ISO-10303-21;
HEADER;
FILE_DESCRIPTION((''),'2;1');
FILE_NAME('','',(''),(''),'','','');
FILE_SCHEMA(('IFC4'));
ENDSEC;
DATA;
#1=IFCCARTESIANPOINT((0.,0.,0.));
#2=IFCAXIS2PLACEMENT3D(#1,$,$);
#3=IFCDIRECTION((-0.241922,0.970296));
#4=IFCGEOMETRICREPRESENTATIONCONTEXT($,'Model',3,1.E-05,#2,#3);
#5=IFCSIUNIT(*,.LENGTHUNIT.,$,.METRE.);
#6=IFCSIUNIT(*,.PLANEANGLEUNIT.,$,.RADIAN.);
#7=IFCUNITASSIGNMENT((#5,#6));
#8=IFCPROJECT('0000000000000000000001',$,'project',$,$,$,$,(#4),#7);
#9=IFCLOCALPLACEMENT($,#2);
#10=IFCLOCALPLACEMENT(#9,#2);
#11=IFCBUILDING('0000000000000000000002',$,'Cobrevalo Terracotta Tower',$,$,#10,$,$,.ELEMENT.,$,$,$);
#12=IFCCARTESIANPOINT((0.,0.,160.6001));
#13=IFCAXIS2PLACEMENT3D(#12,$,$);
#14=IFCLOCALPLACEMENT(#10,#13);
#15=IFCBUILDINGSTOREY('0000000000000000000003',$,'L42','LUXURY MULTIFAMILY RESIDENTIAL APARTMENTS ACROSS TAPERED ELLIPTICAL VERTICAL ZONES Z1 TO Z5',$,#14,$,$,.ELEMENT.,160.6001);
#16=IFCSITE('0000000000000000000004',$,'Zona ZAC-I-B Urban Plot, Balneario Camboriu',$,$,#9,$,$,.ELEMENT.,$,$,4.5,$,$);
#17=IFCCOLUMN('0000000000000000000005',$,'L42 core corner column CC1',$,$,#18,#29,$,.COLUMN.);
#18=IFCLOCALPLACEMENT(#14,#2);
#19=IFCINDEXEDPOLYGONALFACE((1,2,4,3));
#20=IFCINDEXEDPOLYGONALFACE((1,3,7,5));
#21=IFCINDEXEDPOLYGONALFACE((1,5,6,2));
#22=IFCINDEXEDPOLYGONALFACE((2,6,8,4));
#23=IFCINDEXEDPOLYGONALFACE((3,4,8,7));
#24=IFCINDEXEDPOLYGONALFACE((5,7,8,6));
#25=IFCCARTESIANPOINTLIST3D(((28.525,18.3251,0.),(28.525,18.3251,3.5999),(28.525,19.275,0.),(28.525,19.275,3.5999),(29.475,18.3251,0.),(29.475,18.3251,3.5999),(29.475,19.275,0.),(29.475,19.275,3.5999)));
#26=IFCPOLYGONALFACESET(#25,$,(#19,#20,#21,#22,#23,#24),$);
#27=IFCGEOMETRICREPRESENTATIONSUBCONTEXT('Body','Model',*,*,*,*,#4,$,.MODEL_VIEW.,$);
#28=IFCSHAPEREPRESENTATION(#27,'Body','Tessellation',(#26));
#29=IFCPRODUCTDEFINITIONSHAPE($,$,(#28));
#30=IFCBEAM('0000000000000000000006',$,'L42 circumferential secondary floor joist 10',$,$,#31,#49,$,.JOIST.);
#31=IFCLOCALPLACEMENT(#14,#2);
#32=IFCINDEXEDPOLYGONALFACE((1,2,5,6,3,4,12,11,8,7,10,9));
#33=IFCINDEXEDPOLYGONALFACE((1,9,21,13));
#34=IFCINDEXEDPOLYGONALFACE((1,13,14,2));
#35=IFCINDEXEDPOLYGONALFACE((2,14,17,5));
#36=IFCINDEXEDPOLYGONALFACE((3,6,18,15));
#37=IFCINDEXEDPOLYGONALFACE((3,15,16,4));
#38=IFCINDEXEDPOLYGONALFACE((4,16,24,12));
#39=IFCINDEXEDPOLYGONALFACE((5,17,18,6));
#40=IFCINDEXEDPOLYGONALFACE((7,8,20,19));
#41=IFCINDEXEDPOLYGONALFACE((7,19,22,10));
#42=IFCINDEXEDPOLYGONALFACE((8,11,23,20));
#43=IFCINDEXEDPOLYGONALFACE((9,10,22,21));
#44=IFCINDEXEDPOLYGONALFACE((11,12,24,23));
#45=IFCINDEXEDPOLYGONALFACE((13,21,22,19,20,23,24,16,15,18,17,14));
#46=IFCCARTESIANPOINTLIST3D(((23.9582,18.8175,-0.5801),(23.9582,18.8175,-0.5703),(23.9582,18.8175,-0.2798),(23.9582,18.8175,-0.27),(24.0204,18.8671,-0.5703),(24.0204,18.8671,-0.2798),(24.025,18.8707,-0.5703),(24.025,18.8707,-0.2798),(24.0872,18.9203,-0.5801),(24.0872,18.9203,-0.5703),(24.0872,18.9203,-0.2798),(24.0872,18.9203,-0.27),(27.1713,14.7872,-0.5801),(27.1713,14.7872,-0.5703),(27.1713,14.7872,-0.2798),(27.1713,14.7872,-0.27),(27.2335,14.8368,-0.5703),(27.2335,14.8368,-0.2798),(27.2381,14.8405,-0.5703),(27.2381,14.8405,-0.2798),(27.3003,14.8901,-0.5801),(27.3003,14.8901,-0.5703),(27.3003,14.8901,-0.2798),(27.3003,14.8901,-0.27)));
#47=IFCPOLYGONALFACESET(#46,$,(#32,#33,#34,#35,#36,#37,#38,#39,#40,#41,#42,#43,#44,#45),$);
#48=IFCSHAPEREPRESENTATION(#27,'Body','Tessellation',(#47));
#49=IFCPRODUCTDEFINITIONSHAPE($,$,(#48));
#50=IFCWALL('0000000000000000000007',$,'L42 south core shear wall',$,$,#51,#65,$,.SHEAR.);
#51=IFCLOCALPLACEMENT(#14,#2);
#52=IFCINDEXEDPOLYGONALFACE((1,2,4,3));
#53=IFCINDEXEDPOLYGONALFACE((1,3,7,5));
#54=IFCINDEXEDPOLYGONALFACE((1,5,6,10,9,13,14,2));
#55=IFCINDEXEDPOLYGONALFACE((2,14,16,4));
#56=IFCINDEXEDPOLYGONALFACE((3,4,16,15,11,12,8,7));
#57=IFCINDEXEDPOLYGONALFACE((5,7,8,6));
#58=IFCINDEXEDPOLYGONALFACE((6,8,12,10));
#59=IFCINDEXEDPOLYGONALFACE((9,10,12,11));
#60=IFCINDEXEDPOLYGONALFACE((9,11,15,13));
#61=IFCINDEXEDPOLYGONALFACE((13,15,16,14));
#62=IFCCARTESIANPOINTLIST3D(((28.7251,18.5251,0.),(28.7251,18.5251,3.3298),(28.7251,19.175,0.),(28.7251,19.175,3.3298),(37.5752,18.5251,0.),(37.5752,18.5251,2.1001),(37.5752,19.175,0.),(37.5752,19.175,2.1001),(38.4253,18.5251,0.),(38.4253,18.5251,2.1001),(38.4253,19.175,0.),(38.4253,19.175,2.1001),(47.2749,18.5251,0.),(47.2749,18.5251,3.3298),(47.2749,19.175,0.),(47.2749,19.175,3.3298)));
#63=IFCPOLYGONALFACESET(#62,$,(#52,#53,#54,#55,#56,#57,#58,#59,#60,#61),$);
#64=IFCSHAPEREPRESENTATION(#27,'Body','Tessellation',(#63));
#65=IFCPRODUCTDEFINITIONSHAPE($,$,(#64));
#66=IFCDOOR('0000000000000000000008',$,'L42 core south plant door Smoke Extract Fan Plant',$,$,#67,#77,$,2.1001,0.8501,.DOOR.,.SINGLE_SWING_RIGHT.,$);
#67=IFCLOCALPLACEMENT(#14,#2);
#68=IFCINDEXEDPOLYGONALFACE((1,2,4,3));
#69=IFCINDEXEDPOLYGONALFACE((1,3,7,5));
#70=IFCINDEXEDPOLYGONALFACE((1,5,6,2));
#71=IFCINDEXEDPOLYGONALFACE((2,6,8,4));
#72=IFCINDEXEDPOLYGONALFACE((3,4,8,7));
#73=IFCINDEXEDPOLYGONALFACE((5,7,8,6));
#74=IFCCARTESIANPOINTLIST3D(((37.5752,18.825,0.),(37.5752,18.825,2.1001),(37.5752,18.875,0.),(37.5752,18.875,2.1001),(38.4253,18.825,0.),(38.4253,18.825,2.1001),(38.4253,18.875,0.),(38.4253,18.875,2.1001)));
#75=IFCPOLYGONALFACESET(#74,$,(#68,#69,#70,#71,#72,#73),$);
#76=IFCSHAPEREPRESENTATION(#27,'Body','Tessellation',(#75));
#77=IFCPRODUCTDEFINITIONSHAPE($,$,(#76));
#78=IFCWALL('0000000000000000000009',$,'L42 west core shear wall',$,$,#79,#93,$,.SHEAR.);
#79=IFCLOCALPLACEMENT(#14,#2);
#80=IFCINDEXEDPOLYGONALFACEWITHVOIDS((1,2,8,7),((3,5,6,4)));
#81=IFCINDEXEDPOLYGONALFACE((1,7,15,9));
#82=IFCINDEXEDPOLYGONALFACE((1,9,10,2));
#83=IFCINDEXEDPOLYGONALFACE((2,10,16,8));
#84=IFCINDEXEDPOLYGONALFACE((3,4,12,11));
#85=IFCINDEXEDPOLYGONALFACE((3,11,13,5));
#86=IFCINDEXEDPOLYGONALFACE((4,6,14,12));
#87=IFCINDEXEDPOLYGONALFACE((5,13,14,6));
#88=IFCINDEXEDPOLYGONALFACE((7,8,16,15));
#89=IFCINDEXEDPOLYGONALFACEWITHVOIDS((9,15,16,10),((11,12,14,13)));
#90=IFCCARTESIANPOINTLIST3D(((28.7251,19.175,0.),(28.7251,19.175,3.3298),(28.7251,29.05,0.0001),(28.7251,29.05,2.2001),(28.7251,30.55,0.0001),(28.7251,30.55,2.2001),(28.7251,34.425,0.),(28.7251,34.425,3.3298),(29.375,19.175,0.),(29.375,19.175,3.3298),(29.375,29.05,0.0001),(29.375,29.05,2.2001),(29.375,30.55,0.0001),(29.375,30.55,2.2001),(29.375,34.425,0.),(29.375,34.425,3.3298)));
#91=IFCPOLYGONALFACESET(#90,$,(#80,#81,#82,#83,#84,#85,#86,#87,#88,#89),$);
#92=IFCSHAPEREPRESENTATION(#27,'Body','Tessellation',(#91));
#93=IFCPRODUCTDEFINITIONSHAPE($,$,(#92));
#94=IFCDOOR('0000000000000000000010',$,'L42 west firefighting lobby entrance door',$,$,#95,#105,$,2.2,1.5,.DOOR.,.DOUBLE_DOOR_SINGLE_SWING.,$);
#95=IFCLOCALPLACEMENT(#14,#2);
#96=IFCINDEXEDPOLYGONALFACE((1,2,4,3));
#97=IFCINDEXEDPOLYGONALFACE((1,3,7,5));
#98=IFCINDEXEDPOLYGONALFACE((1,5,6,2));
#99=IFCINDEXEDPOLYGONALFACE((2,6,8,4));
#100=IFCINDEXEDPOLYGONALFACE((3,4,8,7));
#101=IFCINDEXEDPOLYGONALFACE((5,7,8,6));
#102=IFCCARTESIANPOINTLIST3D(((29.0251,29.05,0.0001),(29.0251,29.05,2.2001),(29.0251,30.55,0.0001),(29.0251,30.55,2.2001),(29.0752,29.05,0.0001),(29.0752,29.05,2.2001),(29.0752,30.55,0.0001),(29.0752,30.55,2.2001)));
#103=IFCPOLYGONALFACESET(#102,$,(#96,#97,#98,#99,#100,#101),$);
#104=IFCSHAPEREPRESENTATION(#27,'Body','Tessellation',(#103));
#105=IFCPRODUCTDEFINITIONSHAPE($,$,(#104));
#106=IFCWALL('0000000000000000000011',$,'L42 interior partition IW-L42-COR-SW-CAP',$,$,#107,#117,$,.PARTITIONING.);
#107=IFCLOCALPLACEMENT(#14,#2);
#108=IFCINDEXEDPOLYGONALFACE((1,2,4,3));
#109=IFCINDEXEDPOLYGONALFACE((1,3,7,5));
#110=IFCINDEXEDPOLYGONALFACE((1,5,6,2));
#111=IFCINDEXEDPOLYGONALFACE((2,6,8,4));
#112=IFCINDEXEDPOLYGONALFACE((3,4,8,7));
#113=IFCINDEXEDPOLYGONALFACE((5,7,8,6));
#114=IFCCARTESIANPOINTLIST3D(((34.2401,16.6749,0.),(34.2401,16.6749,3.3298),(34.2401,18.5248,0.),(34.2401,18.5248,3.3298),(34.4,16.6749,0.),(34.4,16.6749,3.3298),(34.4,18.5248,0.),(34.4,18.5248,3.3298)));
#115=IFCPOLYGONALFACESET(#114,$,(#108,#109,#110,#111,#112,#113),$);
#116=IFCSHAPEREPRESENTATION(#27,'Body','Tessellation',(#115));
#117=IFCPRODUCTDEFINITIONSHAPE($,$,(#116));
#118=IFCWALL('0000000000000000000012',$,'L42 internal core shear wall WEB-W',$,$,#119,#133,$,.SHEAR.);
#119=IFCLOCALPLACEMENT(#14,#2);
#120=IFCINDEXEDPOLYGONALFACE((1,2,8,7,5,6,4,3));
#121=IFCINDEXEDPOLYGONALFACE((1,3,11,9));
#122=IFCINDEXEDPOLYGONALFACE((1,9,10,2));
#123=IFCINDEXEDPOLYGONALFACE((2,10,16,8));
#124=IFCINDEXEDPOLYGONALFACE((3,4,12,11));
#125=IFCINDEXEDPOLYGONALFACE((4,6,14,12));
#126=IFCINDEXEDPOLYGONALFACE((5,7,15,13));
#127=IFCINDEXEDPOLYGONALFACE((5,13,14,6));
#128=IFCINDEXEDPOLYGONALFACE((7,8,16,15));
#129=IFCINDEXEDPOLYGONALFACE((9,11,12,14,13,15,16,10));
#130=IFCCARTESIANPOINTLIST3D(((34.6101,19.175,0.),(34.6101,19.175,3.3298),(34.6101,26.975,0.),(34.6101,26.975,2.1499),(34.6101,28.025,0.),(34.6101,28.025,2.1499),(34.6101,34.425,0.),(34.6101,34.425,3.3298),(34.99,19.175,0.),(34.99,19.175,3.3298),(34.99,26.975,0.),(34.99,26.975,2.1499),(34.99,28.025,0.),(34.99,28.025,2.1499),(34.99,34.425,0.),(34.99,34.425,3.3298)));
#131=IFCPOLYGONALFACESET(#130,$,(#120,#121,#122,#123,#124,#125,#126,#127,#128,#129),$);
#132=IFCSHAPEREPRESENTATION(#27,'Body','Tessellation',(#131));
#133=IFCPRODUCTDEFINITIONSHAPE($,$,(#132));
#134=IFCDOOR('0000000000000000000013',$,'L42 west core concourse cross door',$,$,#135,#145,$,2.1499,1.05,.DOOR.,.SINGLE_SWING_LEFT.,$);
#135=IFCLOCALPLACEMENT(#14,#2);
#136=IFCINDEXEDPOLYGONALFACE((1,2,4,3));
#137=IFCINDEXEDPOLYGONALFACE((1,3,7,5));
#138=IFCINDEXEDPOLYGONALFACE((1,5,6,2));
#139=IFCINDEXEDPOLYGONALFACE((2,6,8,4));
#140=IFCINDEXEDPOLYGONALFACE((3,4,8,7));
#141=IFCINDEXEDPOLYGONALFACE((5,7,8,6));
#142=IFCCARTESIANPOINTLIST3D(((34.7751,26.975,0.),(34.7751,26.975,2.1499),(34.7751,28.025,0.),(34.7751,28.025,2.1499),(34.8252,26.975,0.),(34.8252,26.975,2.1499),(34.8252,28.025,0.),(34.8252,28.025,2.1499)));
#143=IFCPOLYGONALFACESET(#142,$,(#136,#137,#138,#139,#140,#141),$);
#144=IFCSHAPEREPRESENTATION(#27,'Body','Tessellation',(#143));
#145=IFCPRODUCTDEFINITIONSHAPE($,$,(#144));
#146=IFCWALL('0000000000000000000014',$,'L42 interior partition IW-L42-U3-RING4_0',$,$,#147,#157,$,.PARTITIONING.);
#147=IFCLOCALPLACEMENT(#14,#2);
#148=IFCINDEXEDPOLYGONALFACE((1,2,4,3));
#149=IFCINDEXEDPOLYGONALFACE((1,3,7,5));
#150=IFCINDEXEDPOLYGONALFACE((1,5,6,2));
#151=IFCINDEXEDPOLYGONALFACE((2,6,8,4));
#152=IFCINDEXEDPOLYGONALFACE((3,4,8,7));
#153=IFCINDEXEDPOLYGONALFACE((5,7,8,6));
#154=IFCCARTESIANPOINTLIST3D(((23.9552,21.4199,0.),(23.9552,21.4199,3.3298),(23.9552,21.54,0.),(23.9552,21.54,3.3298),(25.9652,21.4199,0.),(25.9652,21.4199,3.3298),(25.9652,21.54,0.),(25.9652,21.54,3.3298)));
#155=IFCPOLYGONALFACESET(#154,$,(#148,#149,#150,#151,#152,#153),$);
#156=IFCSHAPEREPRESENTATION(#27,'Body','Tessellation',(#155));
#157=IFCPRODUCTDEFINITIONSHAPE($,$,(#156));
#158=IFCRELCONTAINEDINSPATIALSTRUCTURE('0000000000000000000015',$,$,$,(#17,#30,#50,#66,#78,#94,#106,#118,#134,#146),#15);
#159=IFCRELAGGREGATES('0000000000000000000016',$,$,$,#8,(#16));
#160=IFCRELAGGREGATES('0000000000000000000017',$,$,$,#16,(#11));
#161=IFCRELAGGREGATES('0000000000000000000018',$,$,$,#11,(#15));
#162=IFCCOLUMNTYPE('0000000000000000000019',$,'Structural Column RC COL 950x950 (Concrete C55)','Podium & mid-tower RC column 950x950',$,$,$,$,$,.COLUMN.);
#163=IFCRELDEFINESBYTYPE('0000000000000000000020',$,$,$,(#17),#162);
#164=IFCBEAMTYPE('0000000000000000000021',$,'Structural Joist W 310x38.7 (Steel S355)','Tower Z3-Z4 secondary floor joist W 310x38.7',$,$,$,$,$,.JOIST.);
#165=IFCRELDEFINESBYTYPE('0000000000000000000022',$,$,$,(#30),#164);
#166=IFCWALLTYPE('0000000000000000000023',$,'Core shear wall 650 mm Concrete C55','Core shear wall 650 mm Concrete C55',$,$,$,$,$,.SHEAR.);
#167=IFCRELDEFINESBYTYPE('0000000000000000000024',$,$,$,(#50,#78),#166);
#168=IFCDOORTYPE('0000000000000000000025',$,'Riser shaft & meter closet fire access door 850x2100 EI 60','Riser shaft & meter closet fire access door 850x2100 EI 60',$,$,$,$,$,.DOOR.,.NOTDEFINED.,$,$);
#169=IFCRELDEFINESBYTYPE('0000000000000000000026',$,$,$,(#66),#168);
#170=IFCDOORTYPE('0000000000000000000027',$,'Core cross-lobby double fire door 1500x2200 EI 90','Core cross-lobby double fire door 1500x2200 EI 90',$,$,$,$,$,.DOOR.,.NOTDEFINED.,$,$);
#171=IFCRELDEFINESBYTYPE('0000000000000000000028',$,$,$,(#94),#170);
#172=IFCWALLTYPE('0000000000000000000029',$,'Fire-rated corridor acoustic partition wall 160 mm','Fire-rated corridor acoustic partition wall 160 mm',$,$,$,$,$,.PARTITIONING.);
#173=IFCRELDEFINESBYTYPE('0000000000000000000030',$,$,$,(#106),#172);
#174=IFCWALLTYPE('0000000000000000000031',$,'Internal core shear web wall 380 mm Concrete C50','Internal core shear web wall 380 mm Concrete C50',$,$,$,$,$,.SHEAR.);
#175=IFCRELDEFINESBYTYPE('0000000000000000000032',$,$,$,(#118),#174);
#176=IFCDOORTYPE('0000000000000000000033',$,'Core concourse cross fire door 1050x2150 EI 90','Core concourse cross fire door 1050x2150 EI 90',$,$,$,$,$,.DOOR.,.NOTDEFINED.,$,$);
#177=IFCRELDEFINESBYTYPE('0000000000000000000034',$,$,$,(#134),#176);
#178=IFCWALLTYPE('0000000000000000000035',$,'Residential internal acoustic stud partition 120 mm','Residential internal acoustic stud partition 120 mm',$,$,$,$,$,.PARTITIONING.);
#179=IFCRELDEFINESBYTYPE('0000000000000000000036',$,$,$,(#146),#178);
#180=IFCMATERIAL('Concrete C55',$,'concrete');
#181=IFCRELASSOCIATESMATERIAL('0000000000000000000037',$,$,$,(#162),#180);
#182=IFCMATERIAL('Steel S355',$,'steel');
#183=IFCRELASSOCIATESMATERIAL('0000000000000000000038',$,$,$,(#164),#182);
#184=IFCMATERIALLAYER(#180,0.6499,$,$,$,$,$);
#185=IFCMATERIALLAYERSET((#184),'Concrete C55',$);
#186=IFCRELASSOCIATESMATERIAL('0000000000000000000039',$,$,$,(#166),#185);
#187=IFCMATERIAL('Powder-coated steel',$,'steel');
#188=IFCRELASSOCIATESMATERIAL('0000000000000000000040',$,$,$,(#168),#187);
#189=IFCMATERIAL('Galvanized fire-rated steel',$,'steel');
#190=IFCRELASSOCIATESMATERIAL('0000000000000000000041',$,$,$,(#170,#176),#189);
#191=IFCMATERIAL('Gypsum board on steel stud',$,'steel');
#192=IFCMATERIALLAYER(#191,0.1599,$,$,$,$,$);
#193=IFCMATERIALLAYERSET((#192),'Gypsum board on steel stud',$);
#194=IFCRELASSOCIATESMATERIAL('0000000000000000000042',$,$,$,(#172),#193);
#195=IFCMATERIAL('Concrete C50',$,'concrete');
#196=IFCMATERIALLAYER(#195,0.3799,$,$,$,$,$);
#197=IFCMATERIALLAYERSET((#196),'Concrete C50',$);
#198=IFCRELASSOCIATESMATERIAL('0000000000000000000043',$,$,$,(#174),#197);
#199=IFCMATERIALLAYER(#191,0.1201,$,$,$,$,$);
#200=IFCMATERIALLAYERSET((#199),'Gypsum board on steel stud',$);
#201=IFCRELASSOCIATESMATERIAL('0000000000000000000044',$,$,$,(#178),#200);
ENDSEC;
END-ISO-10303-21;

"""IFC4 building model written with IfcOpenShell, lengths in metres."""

from ifc_helpers import new_model, si_unit, direction, frame, frame_2d, origin, origin_2d, place, context, subcontext, project, spatial, rectangle, i_section, extrude, source, transform, mapped, material, layer, layer_set, material_profile, profile_set, type_object, element, fill, save


model = new_model("IFC4")

# Units and contexts
model_context = context("Model", 3, precision=1e-05, world=origin(), true_north=direction((-0.241922, 0.970296)))
body_context = subcontext(model_context, "Body", "Model", "MODEL_VIEW")
ifc_project = project(units=[si_unit("LENGTHUNIT", "METRE"), si_unit("PLANEANGLEUNIT", "RADIAN")], contexts=[model_context])

# Site, building, storey
site_placement = place(None, origin())
site = spatial("IfcSite", under=ifc_project, at=site_placement, Name="Zona ZAC-I-B Urban Plot, Balneario Camboriu", CompositionType="ELEMENT", RefElevation=4.5)
building_placement = place(site_placement, origin())
building = spatial("IfcBuilding", under=site, at=building_placement, Name="Cobrevalo Terracotta Tower", CompositionType="ELEMENT")
storey_placement = place(building_placement, frame((0.0, 0.0, 160.6001)))
storey = spatial("IfcBuildingStorey", under=building, at=storey_placement, Name="L42", Description="LUXURY MULTIFAMILY RESIDENTIAL APARTMENTS ACROSS TAPERED ELLIPTICAL VERTICAL ZONES Z1 TO Z5", CompositionType="ELEMENT", Elevation=160.6001)

# Column
ifc_material_1 = material(Name="Concrete C55", Category="concrete")
ifc_material_profile_1 = material_profile(ifc_material_1, rectangle(XDim=0.95, YDim=0.95, at=origin_2d()), Name="RC COL 950x950")
ifc_profile_set_1 = profile_set([ifc_material_profile_1], Name="Concrete C55")
column_type = type_object("IfcColumnType", Name="Structural Column RC COL 950x950 (Concrete C55)", Description="Podium & mid-tower RC column 950x950", PredefinedType="COLUMN", material=ifc_profile_set_1)
column_placement = place(storey_placement, frame((29.0, 18.8, 0.0), z_axis=(0.0, 0.0, 1.0), x_axis=(1.0, 0.0, 0.0)))
element("IfcColumn", 1, at=column_placement, inside=storey, type_object=column_type, Name="L42 core corner column CC1", PredefinedType="COLUMN", context=body_context, shape_type="SweptSolid", body=[
    extrude(rectangle(XDim=0.95, YDim=0.95, at=origin_2d()), origin(), (0.0, 0.0, 1.0), 3.5999),
])

# Beam
ifc_material_2 = material(Name="Steel S355", Category="steel")
ifc_material_profile_2 = material_profile(ifc_material_2, i_section(OverallWidth=0.165, OverallDepth=0.3101, WebThickness=0.0059, FlangeThickness=0.0098, at=origin_2d()), Name="W 310x38.7")
ifc_profile_set_2 = profile_set([ifc_material_profile_2], Name="Steel S355")
beam_type = type_object("IfcBeamType", Name="Structural Joist W 310x38.7 (Steel S355)", Description="Tower Z3-Z4 secondary floor joist W 310x38.7", PredefinedType="JOIST", material=ifc_profile_set_2)
beam_placement = place(storey_placement, frame((24.0227, 18.8689, -0.425), z_axis=(0.623383, -0.781917, 0.0), x_axis=(0.781917, 0.623383, 0.0)))
element("IfcBeam", 2, at=beam_placement, inside=storey, type_object=beam_type, Name="L42 circumferential secondary floor joist 10", PredefinedType="JOIST", context=body_context, shape_type="SweptSolid", body=[
    extrude(i_section(OverallWidth=0.165, OverallDepth=0.3101, WebThickness=0.0059, FlangeThickness=0.0098, at=origin_2d()), origin(), (0.0, 0.0, 1.0), 5.1543),
])

# Walls, openings, doors
ifc_layer_1 = layer(ifc_material_1, 0.6499)
ifc_layer_set_1 = layer_set([ifc_layer_1], Name="Concrete C55")
wall_type_1 = type_object("IfcWallType", Name="Core shear wall 650 mm Concrete C55", Description="Core shear wall 650 mm Concrete C55", PredefinedType="SHEAR", material=ifc_layer_set_1)
wall_1_placement = place(storey_placement, frame((28.7251, 18.8501, 0.0), z_axis=(0.0, 0.0, 1.0), x_axis=(1.0, 0.0, 0.0)))
wall_1 = element("IfcWall", 3, at=wall_1_placement, inside=storey, type_object=wall_type_1, Name="L42 south core shear wall", PredefinedType="SHEAR", context=body_context, shape_type="SweptSolid", body=[
    extrude(rectangle(XDim=18.5498, YDim=0.6499, at=frame_2d((9.2749, 0.0))), origin(), (0.0, 0.0, 1.0), 3.3298),
])
opening_1_placement = place(wall_1_placement, frame((8.8501, 0.0, 0.0)))
opening_1 = element("IfcOpeningElement", 4, at=opening_1_placement, cuts=wall_1, PredefinedType="OPENING", context=body_context, shape_type="SweptSolid", body=[
    extrude(rectangle(XDim=0.8501, YDim=2.1001, at=frame_2d((0.425, 1.05))), frame((0.0, 0.335, 0.0), z_axis=(0.0, -1.0, 0.0), x_axis=(1.0, 0.0, 0.0)), (0.0, 0.0, 1.0), 0.6699),
])
ifc_material_3 = material(Name="Powder-coated steel", Category="steel")
door_type_1 = type_object("IfcDoorType", Name="Riser shaft & meter closet fire access door 850x2100 EI 60", Description="Riser shaft & meter closet fire access door 850x2100 EI 60", OperationType="NOTDEFINED", PredefinedType="DOOR", material=ifc_material_3)
shared_shape_1 = source(origin(), body_context, "Body", "SweptSolid", [
    extrude(rectangle(XDim=0.8501, YDim=2.1001, at=frame_2d((0.425, 1.05))), frame((0.0, 0.0249, 0.0), z_axis=(0.0, -1.0, 0.0), x_axis=(1.0, 0.0, 0.0)), (0.0, 0.0, 1.0), 0.05),
])
door_1_placement = place(opening_1_placement, origin())
door_1 = element("IfcDoor", 5, at=door_1_placement, inside=storey, type_object=door_type_1, Name="L42 core south plant door Smoke Extract Fan Plant", OperationType="SINGLE_SWING_RIGHT", OverallHeight=2.1001, OverallWidth=0.8501, PredefinedType="DOOR", context=body_context, shape_type="MappedRepresentation", body=[
    mapped(shared_shape_1, transform((0.0, 0.0, 0.0), scale=1.0)),
])
fill(opening_1, door_1)
wall_2_placement = place(storey_placement, frame((29.05, 19.175, 0.0), z_axis=(0.0, 0.0, 1.0), x_axis=(0.0, 1.0, 0.0)))
wall_2 = element("IfcWall", 6, at=wall_2_placement, inside=storey, type_object=wall_type_1, Name="L42 west core shear wall", PredefinedType="SHEAR", context=body_context, shape_type="SweptSolid", body=[
    extrude(rectangle(XDim=15.25, YDim=0.6499, at=frame_2d((7.625, 0.0))), origin(), (0.0, 0.0, 1.0), 3.3298),
])
opening_2_placement = place(wall_2_placement, frame((9.875, 0.0, 0.0)))
opening_2 = element("IfcOpeningElement", 7, at=opening_2_placement, cuts=wall_2, PredefinedType="OPENING", context=body_context, shape_type="SweptSolid", body=[
    extrude(rectangle(XDim=1.5, YDim=2.2, at=frame_2d((0.75, 1.1001))), frame((0.0, 0.335, 0.0), z_axis=(0.0, -1.0, 0.0), x_axis=(1.0, 0.0, 0.0)), (0.0, 0.0, 1.0), 0.6699),
])
ifc_material_4 = material(Name="Galvanized fire-rated steel", Category="steel")
door_type_2 = type_object("IfcDoorType", Name="Core cross-lobby double fire door 1500x2200 EI 90", Description="Core cross-lobby double fire door 1500x2200 EI 90", OperationType="NOTDEFINED", PredefinedType="DOOR", material=ifc_material_4)
shared_shape_2 = source(origin(), body_context, "Body", "SweptSolid", [
    extrude(rectangle(XDim=1.5, YDim=2.2, at=frame_2d((0.75, 1.1001))), frame((0.0, 0.0249, 0.0), z_axis=(0.0, -1.0, 0.0), x_axis=(1.0, 0.0, 0.0)), (0.0, 0.0, 1.0), 0.05),
])
door_2_placement = place(opening_2_placement, origin())
door_2 = element("IfcDoor", 8, at=door_2_placement, inside=storey, type_object=door_type_2, Name="L42 west firefighting lobby entrance door", OperationType="DOUBLE_DOOR_SINGLE_SWING", OverallHeight=2.2, OverallWidth=1.5, PredefinedType="DOOR", context=body_context, shape_type="MappedRepresentation", body=[
    mapped(shared_shape_2, transform((0.0, 0.0, 0.0), scale=1.0)),
])
fill(opening_2, door_2)

# Wall
ifc_material_5 = material(Name="Gypsum board on steel stud", Category="steel")
ifc_layer_2 = layer(ifc_material_5, 0.1599)
ifc_layer_set_2 = layer_set([ifc_layer_2], Name="Gypsum board on steel stud")
wall_type_2 = type_object("IfcWallType", Name="Fire-rated corridor acoustic partition wall 160 mm", Description="Fire-rated corridor acoustic partition wall 160 mm", PredefinedType="PARTITIONING", material=ifc_layer_set_2)
wall_3_placement = place(storey_placement, frame((34.3201, 16.675, 0.0), z_axis=(0.0, 0.0, 1.0), x_axis=(0.0, 1.0, 0.0)))
element("IfcWall", 9, at=wall_3_placement, inside=storey, type_object=wall_type_2, Name="L42 interior partition IW-L42-COR-SW-CAP", PredefinedType="PARTITIONING", context=body_context, shape_type="SweptSolid", body=[
    extrude(rectangle(XDim=1.8499, YDim=0.1599, at=frame_2d((0.9248, 0.0))), origin(), (0.0, 0.0, 1.0), 3.3298),
])

# Wall, opening, door
ifc_material_6 = material(Name="Concrete C50", Category="concrete")
ifc_layer_3 = layer(ifc_material_6, 0.3799)
ifc_layer_set_3 = layer_set([ifc_layer_3], Name="Concrete C50")
wall_type_3 = type_object("IfcWallType", Name="Internal core shear web wall 380 mm Concrete C50", Description="Internal core shear web wall 380 mm Concrete C50", PredefinedType="SHEAR", material=ifc_layer_set_3)
wall_4_placement = place(storey_placement, frame((34.8, 19.175, 0.0), z_axis=(0.0, 0.0, 1.0), x_axis=(0.0, 1.0, 0.0)))
wall_4 = element("IfcWall", 10, at=wall_4_placement, inside=storey, type_object=wall_type_3, Name="L42 internal core shear wall WEB-W", PredefinedType="SHEAR", context=body_context, shape_type="SweptSolid", body=[
    extrude(rectangle(XDim=15.25, YDim=0.3799, at=frame_2d((7.625, 0.0))), origin(), (0.0, 0.0, 1.0), 3.3298),
])
opening_3_placement = place(wall_4_placement, frame((7.8, 0.0, 0.0)))
opening_3 = element("IfcOpeningElement", 11, at=opening_3_placement, cuts=wall_4, PredefinedType="OPENING", context=body_context, shape_type="SweptSolid", body=[
    extrude(rectangle(XDim=1.05, YDim=2.1499, at=frame_2d((0.5249, 1.075))), frame((0.0, 0.2, 0.0), z_axis=(0.0, -1.0, 0.0), x_axis=(1.0, 0.0, 0.0)), (0.0, 0.0, 1.0), 0.3999),
])
door_type_3 = type_object("IfcDoorType", Name="Core concourse cross fire door 1050x2150 EI 90", Description="Core concourse cross fire door 1050x2150 EI 90", OperationType="NOTDEFINED", PredefinedType="DOOR", material=ifc_material_4)
shared_shape_3 = source(origin(), body_context, "Body", "SweptSolid", [
    extrude(rectangle(XDim=1.05, YDim=2.1499, at=frame_2d((0.5249, 1.075))), frame((0.0, 0.0249, 0.0), z_axis=(0.0, -1.0, 0.0), x_axis=(1.0, 0.0, 0.0)), (0.0, 0.0, 1.0), 0.05),
])
door_3_placement = place(opening_3_placement, origin())
door_3 = element("IfcDoor", 12, at=door_3_placement, inside=storey, type_object=door_type_3, Name="L42 west core concourse cross door", OperationType="SINGLE_SWING_LEFT", OverallHeight=2.1499, OverallWidth=1.05, PredefinedType="DOOR", context=body_context, shape_type="MappedRepresentation", body=[
    mapped(shared_shape_3, transform((0.0, 0.0, 0.0), scale=1.0)),
])
fill(opening_3, door_3)

# Wall
ifc_layer_4 = layer(ifc_material_5, 0.1201)
ifc_layer_set_4 = layer_set([ifc_layer_4], Name="Gypsum board on steel stud")
wall_type_4 = type_object("IfcWallType", Name="Residential internal acoustic stud partition 120 mm", Description="Residential internal acoustic stud partition 120 mm", PredefinedType="PARTITIONING", material=ifc_layer_set_4)
wall_5_placement = place(storey_placement, frame((25.9651, 21.48, 0.0), z_axis=(0.0, 0.0, 1.0), x_axis=(-1.0, 0.0, 0.0)))
element("IfcWall", 13, at=wall_5_placement, inside=storey, type_object=wall_type_4, Name="L42 interior partition IW-L42-U3-RING4_0", PredefinedType="PARTITIONING", context=body_context, shape_type="SweptSolid", body=[
    extrude(rectangle(XDim=2.01, YDim=0.1201, at=frame_2d((1.0049, 0.0))), origin(), (0.0, 0.0, 1.0), 3.3298),
])

save(model, "model.ifc")
